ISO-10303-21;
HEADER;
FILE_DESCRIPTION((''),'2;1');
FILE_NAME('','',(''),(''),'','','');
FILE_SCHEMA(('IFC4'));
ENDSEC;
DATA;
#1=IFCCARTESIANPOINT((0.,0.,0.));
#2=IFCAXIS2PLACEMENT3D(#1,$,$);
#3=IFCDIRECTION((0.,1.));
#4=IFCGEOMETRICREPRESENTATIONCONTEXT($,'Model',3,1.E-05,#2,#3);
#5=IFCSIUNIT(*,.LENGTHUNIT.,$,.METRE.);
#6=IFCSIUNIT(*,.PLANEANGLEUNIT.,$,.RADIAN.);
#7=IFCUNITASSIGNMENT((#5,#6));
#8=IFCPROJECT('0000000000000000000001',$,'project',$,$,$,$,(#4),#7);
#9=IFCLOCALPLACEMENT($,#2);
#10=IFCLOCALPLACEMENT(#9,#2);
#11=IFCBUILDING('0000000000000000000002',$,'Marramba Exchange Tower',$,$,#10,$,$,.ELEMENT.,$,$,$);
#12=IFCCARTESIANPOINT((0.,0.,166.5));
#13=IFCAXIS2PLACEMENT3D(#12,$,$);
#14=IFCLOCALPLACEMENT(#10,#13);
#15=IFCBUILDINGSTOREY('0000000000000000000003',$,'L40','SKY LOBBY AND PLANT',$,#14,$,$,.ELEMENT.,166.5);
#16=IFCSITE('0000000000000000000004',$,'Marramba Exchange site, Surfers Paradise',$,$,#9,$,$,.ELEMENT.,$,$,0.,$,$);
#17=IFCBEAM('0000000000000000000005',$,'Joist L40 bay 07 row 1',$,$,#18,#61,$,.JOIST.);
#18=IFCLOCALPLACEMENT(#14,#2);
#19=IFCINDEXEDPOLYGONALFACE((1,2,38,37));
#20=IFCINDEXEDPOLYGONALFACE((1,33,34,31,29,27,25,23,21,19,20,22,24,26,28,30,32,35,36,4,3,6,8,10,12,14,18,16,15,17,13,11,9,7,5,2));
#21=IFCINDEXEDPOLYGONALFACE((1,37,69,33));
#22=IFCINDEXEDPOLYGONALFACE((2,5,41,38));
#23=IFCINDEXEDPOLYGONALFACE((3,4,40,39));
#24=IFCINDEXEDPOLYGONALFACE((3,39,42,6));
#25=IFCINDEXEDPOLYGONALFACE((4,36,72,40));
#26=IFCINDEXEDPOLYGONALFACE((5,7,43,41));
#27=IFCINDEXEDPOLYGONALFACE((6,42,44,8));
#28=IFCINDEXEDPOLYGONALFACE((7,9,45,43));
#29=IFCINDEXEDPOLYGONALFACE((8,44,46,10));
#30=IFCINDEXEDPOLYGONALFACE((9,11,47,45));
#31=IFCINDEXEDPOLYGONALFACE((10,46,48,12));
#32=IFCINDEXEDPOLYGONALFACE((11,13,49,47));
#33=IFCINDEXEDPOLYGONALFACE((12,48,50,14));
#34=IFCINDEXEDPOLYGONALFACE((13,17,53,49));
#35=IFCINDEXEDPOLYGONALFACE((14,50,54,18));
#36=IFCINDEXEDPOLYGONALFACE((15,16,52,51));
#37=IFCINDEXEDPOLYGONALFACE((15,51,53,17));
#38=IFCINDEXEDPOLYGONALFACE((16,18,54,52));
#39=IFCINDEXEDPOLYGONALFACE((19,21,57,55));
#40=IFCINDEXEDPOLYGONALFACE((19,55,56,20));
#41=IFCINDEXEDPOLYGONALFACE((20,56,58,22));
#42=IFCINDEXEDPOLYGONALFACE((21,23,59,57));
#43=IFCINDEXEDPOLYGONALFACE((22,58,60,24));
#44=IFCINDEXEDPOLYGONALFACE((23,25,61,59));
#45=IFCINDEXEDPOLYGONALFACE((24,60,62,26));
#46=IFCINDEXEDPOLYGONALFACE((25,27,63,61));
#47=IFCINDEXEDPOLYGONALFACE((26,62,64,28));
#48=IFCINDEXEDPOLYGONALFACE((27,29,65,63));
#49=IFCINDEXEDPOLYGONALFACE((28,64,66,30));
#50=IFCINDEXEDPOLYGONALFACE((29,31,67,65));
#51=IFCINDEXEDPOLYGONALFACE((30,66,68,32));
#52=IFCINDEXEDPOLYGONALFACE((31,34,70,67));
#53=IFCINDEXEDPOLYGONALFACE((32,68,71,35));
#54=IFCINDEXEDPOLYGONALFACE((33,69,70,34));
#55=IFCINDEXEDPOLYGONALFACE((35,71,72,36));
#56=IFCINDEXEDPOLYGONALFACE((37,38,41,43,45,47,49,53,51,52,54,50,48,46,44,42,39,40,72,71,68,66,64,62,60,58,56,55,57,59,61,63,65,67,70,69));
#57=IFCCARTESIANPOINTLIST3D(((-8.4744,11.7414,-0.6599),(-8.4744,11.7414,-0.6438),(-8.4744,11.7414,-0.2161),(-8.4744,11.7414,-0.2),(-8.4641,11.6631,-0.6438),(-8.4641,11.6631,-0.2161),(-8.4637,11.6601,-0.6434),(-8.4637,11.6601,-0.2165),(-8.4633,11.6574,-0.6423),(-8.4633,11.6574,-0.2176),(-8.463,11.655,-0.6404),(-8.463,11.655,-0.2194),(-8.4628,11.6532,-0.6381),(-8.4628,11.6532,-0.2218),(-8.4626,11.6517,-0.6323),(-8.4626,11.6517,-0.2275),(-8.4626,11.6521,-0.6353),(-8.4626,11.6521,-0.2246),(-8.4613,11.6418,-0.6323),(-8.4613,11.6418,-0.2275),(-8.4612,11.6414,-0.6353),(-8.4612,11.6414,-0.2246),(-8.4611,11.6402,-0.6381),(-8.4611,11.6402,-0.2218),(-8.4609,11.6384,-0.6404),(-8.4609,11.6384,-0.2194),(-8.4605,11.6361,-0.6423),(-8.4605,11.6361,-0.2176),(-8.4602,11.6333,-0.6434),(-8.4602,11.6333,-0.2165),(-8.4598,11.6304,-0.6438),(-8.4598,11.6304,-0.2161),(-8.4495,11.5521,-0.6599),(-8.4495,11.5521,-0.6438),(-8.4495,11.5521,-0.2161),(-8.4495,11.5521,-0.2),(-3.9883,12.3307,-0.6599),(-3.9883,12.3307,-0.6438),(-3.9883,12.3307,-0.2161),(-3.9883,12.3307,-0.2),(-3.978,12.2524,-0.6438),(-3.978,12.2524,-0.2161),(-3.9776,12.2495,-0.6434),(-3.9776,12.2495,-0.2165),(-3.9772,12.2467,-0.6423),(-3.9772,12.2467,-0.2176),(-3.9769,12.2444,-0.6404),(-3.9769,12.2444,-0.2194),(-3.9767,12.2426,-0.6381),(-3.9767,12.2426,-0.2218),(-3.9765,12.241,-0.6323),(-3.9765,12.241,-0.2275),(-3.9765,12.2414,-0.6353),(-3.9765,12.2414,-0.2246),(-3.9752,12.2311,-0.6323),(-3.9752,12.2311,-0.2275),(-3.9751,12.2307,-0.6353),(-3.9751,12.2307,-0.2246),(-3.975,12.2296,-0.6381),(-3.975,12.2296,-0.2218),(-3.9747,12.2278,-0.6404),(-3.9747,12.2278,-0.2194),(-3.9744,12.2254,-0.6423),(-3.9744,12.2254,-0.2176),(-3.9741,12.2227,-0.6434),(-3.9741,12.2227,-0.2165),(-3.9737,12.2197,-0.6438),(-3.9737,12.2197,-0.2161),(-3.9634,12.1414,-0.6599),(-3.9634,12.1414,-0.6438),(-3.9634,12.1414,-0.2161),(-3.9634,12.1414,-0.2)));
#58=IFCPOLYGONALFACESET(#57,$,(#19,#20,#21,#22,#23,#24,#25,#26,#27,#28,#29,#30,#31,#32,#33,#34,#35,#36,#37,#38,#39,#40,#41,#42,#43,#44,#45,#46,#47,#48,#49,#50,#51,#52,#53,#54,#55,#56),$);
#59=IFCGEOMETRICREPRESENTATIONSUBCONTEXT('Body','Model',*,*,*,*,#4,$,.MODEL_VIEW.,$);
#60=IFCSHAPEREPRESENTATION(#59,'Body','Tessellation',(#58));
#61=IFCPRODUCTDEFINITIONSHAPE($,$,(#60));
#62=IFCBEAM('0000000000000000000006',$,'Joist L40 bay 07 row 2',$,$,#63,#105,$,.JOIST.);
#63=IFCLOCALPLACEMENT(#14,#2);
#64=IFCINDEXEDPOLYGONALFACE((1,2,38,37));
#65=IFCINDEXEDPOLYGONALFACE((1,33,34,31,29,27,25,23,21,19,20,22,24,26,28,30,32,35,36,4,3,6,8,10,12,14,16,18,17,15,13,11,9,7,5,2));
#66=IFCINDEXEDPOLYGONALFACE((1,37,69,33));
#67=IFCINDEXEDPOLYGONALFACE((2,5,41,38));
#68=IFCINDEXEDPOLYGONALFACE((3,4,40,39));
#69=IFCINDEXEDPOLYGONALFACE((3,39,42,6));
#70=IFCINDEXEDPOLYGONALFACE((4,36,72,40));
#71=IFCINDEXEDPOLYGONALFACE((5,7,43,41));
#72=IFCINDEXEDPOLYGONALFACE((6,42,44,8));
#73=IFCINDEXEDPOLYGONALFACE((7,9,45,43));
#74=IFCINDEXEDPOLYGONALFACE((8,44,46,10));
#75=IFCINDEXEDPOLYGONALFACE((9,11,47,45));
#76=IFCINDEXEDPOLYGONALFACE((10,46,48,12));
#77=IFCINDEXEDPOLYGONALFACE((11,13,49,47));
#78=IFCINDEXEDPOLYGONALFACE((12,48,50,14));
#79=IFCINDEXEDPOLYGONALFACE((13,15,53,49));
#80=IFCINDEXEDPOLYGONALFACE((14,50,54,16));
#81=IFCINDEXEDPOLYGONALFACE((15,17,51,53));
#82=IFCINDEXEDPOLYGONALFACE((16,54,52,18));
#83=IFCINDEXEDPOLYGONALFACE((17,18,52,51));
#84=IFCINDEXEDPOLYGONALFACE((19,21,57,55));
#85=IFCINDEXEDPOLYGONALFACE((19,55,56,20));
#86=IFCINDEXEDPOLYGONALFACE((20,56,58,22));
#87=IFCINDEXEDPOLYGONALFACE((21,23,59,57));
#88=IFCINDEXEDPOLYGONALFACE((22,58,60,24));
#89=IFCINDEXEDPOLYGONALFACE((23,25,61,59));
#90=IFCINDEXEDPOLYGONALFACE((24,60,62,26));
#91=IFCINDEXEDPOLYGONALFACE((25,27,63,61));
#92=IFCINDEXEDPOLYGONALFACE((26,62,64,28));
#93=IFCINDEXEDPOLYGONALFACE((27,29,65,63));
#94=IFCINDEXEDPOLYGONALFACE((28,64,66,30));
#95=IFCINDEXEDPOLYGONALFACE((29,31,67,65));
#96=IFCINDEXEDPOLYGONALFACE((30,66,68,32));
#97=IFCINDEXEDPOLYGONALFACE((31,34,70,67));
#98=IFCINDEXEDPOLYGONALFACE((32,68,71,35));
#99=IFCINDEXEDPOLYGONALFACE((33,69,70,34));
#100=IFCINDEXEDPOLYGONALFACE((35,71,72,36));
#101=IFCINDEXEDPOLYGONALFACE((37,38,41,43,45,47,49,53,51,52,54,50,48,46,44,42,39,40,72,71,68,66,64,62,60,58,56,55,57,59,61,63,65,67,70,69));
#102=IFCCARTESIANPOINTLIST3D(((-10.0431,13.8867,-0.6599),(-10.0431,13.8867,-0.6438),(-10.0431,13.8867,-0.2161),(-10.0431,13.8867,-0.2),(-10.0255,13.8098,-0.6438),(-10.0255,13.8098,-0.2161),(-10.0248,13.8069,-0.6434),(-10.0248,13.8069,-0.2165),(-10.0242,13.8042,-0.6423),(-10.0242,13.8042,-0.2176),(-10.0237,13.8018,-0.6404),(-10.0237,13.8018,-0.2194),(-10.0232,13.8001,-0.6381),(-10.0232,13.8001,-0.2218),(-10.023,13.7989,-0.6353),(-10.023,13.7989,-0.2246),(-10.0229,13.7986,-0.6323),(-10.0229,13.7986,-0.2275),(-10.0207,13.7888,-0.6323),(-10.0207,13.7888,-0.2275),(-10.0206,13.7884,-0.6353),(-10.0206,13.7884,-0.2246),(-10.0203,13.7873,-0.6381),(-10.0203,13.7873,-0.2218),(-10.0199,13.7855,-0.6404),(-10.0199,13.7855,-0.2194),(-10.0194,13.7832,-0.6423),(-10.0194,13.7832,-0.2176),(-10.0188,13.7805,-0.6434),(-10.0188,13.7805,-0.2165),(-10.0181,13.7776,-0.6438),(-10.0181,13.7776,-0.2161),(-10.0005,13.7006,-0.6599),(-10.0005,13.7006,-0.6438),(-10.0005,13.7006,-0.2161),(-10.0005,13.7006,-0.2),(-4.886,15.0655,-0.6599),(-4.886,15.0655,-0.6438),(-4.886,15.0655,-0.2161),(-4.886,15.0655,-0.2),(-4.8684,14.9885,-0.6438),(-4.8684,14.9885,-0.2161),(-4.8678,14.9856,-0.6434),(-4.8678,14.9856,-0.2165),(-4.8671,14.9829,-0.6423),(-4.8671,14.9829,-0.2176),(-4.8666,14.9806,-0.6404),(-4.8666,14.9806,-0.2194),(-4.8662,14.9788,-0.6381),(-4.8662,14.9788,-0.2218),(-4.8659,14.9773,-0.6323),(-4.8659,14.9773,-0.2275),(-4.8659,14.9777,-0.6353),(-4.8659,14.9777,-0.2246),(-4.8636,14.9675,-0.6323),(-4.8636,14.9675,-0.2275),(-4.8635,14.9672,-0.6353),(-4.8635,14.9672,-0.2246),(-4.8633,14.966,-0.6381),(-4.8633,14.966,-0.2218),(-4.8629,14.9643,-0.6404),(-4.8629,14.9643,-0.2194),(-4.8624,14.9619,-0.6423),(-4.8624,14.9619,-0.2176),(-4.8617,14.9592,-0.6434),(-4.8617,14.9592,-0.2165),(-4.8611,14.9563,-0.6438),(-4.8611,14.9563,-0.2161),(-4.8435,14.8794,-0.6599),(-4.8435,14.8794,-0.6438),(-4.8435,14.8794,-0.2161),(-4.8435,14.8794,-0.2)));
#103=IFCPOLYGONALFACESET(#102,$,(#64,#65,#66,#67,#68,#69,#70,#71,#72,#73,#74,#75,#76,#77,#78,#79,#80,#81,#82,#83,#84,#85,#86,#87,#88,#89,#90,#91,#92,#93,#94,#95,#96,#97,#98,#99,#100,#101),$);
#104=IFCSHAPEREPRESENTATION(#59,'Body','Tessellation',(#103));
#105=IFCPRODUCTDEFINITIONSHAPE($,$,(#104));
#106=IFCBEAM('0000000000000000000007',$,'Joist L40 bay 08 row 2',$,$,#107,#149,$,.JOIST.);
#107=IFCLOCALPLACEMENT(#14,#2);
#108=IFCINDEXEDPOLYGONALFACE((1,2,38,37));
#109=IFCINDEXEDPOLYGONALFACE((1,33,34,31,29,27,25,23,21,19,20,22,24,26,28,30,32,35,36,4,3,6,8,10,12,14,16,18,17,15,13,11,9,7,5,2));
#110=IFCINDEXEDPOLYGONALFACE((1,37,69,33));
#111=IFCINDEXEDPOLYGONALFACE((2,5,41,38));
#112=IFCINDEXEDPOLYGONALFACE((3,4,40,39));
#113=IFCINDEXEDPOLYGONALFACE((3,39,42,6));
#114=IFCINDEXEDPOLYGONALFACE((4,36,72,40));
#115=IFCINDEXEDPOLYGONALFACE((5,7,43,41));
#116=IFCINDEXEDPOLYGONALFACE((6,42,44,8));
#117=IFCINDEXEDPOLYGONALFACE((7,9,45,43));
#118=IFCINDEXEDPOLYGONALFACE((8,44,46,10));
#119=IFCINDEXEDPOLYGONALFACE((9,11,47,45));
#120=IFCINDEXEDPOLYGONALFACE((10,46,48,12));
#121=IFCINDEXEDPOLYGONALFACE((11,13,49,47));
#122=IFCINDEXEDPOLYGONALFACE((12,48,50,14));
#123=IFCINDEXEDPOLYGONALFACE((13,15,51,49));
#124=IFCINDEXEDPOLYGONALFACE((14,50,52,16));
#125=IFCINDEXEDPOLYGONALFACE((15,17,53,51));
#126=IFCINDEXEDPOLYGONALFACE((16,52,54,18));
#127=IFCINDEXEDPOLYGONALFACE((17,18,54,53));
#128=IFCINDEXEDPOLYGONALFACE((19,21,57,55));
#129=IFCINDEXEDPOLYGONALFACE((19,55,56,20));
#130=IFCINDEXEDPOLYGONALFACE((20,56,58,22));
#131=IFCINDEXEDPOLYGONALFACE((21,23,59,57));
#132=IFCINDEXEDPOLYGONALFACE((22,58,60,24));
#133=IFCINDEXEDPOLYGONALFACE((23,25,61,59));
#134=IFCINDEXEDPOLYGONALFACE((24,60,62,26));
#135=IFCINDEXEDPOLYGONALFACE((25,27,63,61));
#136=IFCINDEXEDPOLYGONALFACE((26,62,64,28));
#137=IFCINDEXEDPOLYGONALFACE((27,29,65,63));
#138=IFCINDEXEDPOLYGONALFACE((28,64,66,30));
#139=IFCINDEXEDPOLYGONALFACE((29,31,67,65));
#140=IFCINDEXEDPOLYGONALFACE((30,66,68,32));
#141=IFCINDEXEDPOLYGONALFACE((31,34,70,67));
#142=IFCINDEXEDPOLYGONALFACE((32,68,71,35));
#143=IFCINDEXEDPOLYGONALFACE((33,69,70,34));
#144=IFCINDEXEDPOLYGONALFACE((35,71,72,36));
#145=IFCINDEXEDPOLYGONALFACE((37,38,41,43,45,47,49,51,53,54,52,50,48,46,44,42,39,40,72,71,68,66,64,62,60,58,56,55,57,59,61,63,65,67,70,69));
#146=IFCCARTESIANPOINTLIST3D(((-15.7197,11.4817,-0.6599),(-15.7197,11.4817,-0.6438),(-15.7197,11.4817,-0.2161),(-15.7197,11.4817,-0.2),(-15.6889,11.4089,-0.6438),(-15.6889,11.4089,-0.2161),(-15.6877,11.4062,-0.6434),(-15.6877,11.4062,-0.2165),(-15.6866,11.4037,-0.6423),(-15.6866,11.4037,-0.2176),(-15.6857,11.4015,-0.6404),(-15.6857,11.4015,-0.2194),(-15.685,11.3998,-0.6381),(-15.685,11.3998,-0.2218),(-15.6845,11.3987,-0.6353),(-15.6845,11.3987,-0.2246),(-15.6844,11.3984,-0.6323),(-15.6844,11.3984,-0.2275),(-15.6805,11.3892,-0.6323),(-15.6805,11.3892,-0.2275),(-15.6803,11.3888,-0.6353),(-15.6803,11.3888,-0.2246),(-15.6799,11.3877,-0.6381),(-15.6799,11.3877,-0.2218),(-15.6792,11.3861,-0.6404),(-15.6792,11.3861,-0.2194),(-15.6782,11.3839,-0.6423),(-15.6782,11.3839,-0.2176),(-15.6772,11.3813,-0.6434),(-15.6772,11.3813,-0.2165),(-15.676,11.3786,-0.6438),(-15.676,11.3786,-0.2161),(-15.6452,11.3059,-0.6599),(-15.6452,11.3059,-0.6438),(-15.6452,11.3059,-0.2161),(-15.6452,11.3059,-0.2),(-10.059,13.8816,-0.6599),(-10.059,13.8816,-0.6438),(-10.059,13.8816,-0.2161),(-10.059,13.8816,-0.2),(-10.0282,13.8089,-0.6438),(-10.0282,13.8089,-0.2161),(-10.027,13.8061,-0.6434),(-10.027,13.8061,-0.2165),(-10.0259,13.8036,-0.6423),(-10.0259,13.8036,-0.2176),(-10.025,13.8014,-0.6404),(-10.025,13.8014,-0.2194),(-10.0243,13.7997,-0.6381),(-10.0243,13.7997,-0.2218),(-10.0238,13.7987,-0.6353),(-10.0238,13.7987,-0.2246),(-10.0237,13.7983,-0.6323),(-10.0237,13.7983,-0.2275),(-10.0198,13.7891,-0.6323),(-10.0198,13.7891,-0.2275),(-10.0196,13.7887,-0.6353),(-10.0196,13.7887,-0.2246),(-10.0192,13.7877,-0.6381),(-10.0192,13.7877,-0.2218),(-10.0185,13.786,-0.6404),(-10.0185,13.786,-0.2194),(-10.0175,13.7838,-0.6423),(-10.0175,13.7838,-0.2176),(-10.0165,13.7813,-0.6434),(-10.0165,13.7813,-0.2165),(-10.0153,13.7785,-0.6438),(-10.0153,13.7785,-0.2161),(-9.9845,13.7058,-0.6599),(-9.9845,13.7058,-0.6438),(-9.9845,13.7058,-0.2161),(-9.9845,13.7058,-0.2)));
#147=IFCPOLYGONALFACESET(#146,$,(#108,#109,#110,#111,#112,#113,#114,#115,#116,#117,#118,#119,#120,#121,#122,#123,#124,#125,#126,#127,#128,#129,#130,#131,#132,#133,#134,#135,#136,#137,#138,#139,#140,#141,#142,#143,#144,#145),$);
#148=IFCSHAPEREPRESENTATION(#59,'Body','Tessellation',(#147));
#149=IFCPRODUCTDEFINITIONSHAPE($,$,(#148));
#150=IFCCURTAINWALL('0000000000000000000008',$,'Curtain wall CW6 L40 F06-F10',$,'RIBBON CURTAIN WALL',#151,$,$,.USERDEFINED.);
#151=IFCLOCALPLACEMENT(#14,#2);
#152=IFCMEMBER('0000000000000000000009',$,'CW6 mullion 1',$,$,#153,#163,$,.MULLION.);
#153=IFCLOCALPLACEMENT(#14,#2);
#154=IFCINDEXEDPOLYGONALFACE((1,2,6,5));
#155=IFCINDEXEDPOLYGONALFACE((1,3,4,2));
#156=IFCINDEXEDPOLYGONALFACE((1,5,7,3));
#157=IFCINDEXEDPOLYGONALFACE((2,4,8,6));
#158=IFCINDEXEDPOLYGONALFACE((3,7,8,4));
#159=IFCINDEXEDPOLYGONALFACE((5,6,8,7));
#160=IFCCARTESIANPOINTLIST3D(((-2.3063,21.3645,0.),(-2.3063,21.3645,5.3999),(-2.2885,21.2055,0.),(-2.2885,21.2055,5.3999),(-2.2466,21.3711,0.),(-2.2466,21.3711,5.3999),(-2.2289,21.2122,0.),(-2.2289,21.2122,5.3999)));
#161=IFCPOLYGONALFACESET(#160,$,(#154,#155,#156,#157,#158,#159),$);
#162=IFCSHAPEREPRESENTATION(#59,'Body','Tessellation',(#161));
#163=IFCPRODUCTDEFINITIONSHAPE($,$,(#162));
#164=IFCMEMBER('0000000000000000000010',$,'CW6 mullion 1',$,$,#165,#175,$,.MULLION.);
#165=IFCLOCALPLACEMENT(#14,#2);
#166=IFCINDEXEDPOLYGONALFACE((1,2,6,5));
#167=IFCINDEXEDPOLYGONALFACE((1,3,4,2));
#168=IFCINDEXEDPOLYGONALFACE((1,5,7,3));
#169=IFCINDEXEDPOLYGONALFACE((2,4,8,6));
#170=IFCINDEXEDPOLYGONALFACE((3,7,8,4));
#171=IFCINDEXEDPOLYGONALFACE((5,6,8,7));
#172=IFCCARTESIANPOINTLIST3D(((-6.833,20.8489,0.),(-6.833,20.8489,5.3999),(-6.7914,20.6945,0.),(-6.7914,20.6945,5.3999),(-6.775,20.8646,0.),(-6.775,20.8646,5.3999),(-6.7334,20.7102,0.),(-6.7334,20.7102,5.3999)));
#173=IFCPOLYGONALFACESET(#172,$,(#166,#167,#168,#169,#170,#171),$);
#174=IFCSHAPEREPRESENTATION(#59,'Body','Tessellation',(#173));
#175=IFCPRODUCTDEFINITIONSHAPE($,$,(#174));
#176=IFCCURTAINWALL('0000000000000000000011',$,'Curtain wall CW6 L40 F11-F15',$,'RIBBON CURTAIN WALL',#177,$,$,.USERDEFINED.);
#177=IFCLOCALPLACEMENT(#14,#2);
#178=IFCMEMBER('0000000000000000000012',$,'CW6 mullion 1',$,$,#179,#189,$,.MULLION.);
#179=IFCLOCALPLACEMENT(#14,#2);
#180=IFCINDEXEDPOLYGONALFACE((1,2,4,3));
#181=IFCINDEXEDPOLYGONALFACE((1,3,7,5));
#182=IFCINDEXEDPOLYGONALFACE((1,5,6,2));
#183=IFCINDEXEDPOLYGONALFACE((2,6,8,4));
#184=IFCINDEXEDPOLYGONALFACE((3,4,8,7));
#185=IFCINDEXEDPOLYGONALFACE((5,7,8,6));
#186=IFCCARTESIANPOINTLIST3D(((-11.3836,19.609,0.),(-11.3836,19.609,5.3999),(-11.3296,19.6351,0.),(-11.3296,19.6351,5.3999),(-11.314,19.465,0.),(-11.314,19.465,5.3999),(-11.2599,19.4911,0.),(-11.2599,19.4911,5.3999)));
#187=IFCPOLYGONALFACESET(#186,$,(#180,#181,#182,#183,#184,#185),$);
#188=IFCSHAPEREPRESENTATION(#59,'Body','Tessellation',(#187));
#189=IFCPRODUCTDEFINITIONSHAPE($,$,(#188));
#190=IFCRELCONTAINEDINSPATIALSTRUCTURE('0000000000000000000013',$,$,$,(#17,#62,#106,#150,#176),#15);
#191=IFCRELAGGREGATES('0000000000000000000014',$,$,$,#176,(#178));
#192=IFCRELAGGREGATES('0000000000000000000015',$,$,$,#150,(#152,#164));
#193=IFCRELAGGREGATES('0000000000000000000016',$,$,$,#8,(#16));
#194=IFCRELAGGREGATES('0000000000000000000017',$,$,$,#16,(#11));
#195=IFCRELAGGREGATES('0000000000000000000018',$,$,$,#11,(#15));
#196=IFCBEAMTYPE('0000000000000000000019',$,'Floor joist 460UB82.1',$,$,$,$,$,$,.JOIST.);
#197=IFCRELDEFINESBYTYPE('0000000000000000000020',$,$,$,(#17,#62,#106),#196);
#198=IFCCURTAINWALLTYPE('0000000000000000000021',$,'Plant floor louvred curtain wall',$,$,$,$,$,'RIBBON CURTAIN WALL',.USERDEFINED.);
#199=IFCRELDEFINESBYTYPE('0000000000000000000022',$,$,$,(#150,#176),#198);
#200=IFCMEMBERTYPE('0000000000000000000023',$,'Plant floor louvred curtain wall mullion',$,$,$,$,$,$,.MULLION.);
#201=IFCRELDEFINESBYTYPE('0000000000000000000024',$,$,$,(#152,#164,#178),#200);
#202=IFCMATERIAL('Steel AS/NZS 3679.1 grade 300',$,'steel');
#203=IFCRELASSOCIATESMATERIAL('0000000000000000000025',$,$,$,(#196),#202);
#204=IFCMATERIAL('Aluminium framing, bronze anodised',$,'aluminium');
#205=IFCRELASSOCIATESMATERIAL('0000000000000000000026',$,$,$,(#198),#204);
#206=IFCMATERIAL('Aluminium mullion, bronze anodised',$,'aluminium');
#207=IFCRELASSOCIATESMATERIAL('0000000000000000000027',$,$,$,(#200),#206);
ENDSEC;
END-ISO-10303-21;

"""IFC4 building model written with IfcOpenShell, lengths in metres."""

from ifc_helpers import new_model, si_unit, direction, frame, origin, origin_2d, place, context, subcontext, project, spatial, rectangle, i_section, extrude, material, material_profile, profile_set, type_object, element, aggregate, save


model = new_model("IFC4")

# Units and contexts
model_context = context("Model", 3, precision=1e-05, world=origin(), true_north=direction((0.0, 1.0)))
body_context = subcontext(model_context, "Body", "Model", "MODEL_VIEW")
ifc_project = project(units=[si_unit("LENGTHUNIT", "METRE"), si_unit("PLANEANGLEUNIT", "RADIAN")], contexts=[model_context])

# Site, building, storey
site_placement = place(None, origin())
site = spatial("IfcSite", under=ifc_project, at=site_placement, Name="Marramba Exchange site, Surfers Paradise", CompositionType="ELEMENT", RefElevation=0.0)
building_placement = place(site_placement, origin())
building = spatial("IfcBuilding", under=site, at=building_placement, Name="Marramba Exchange Tower", CompositionType="ELEMENT")
storey_placement = place(building_placement, frame((0.0, 0.0, 166.5)))
storey = spatial("IfcBuildingStorey", under=building, at=storey_placement, Name="L40", Description="SKY LOBBY AND PLANT", CompositionType="ELEMENT", Elevation=166.5)

# Beams
ifc_material_1 = material(Name="Steel AS/NZS 3679.1 grade 300", Category="steel")
ifc_material_profile_1 = material_profile(ifc_material_1, i_section(OverallWidth=0.1909, OverallDepth=0.46, WebThickness=0.01, FlangeThickness=0.0161, FilletRadius=0.0115, at=origin_2d()), Name="460UB82.1")
ifc_profile_set_1 = profile_set([ifc_material_profile_1], Name="Steel AS/NZS 3679.1 grade 300")
beam_type_1 = type_object("IfcBeamType", Name="Floor joist 460UB82.1", PredefinedType="JOIST", material=ifc_profile_set_1)
beam_1_placement = place(storey_placement, frame((-3.9758, 12.2361, -0.4299), z_axis=(-0.991481, -0.130255, 0.0), x_axis=(0.130255, -0.991481, 0.0)))
element("IfcBeam", 1, at=beam_1_placement, inside=storey, type_object=beam_type_1, Name="Joist L40 bay 07 row 1", PredefinedType="JOIST", context=body_context, shape_type="SweptSolid", body=[
    extrude(i_section(OverallWidth=0.1909, OverallDepth=0.46, WebThickness=0.01, FlangeThickness=0.0161, FilletRadius=0.0115, at=origin_2d()), origin(), (0.0, 0.0, 1.0), 4.5247),
])
beam_2_placement = place(storey_placement, frame((-4.8647, 14.9724, -0.4299), z_axis=(-0.97486, -0.22282, 0.0), x_axis=(0.22282, -0.97486, 0.0)))
element("IfcBeam", 2, at=beam_2_placement, inside=storey, type_object=beam_type_1, Name="Joist L40 bay 07 row 2", PredefinedType="JOIST", context=body_context, shape_type="SweptSolid", body=[
    extrude(i_section(OverallWidth=0.1909, OverallDepth=0.46, WebThickness=0.01, FlangeThickness=0.0161, FilletRadius=0.0115, at=origin_2d()), origin(), (0.0, 0.0, 1.0), 5.29),
])
beam_3_placement = place(storey_placement, frame((-10.0217, 13.7937, -0.4299), z_axis=(-0.920674, -0.390332, 0.0), x_axis=(0.390332, -0.920674, 0.0)))
element("IfcBeam", 3, at=beam_3_placement, inside=storey, type_object=beam_type_1, Name="Joist L40 bay 08 row 2", PredefinedType="JOIST", context=body_context, shape_type="SweptSolid", body=[
    extrude(i_section(OverallWidth=0.1909, OverallDepth=0.46, WebThickness=0.01, FlangeThickness=0.0161, FilletRadius=0.0115, at=origin_2d()), origin(), (0.0, 0.0, 1.0), 6.1484),
])

# Curtain wall, members
ifc_material_2 = material(Name="Aluminium framing, bronze anodised", Category="aluminium")
curtain_wall_type = type_object("IfcCurtainWallType", Name="Plant floor louvred curtain wall", ElementType="RIBBON CURTAIN WALL", PredefinedType="USERDEFINED", material=ifc_material_2)
curtain_wall_1_placement = place(storey_placement, origin())
curtain_wall_1 = element("IfcCurtainWall", 4, at=curtain_wall_1_placement, inside=storey, type_object=curtain_wall_type, Name="Curtain wall CW6 L40 F06-F10", ObjectType="RIBBON CURTAIN WALL", PredefinedType="USERDEFINED")
ifc_material_3 = material(Name="Aluminium mullion, bronze anodised", Category="aluminium")
ifc_material_profile_2 = material_profile(ifc_material_3, rectangle(XDim=0.1599, YDim=0.0601, at=origin_2d()), Name="CW6 mullion 60x160")
ifc_profile_set_2 = profile_set([ifc_material_profile_2], Name="Aluminium mullion, bronze anodised")
member_type_1 = type_object("IfcMemberType", Name="Plant floor louvred curtain wall mullion", PredefinedType="MULLION", material=ifc_profile_set_2)
member_1_placement = place(storey_placement, frame((-2.2676, 21.2883, 0.0), z_axis=(0.0, 0.0, 1.0), x_axis=(0.110973, -0.993823, 0.0)))
member_1 = element("IfcMember", 5, at=member_1_placement, type_object=member_type_1, Name="CW6 mullion 1", PredefinedType="MULLION", context=body_context, shape_type="SweptSolid", body=[
    extrude(rectangle(XDim=0.1599, YDim=0.0601, at=origin_2d()), origin(), (0.0, 0.0, 1.0), 5.3999),
])
member_2_placement = place(storey_placement, frame((-6.7832, 20.7795, 0.0), z_axis=(0.0, 0.0, 1.0), x_axis=(0.260321, -0.965522, 0.0)))
member_2 = element("IfcMember", 6, at=member_2_placement, type_object=member_type_1, Name="CW6 mullion 1", PredefinedType="MULLION", context=body_context, shape_type="SweptSolid", body=[
    extrude(rectangle(XDim=0.1599, YDim=0.0601, at=origin_2d()), origin(), (0.0, 0.0, 1.0), 5.3999),
])

# Curtain wall, member
curtain_wall_2_placement = place(storey_placement, origin())
curtain_wall_2 = element("IfcCurtainWall", 7, at=curtain_wall_2_placement, inside=storey, type_object=curtain_wall_type, Name="Curtain wall CW6 L40 F11-F15", ObjectType="RIBBON CURTAIN WALL", PredefinedType="USERDEFINED")
member_3_placement = place(storey_placement, frame((-11.3218, 19.55, 0.0), z_axis=(0.0, 0.0, 1.0), x_axis=(0.435428, -0.900224, 0.0)))
member_3 = element("IfcMember", 8, at=member_3_placement, type_object=member_type_1, Name="CW6 mullion 1", PredefinedType="MULLION", context=body_context, shape_type="SweptSolid", body=[
    extrude(rectangle(XDim=0.1599, YDim=0.0601, at=origin_2d()), origin(), (0.0, 0.0, 1.0), 5.3999),
])

aggregate(curtain_wall_2, [member_3])

aggregate(curtain_wall_1, [member_1, member_2])

save(model, "model.ifc")
